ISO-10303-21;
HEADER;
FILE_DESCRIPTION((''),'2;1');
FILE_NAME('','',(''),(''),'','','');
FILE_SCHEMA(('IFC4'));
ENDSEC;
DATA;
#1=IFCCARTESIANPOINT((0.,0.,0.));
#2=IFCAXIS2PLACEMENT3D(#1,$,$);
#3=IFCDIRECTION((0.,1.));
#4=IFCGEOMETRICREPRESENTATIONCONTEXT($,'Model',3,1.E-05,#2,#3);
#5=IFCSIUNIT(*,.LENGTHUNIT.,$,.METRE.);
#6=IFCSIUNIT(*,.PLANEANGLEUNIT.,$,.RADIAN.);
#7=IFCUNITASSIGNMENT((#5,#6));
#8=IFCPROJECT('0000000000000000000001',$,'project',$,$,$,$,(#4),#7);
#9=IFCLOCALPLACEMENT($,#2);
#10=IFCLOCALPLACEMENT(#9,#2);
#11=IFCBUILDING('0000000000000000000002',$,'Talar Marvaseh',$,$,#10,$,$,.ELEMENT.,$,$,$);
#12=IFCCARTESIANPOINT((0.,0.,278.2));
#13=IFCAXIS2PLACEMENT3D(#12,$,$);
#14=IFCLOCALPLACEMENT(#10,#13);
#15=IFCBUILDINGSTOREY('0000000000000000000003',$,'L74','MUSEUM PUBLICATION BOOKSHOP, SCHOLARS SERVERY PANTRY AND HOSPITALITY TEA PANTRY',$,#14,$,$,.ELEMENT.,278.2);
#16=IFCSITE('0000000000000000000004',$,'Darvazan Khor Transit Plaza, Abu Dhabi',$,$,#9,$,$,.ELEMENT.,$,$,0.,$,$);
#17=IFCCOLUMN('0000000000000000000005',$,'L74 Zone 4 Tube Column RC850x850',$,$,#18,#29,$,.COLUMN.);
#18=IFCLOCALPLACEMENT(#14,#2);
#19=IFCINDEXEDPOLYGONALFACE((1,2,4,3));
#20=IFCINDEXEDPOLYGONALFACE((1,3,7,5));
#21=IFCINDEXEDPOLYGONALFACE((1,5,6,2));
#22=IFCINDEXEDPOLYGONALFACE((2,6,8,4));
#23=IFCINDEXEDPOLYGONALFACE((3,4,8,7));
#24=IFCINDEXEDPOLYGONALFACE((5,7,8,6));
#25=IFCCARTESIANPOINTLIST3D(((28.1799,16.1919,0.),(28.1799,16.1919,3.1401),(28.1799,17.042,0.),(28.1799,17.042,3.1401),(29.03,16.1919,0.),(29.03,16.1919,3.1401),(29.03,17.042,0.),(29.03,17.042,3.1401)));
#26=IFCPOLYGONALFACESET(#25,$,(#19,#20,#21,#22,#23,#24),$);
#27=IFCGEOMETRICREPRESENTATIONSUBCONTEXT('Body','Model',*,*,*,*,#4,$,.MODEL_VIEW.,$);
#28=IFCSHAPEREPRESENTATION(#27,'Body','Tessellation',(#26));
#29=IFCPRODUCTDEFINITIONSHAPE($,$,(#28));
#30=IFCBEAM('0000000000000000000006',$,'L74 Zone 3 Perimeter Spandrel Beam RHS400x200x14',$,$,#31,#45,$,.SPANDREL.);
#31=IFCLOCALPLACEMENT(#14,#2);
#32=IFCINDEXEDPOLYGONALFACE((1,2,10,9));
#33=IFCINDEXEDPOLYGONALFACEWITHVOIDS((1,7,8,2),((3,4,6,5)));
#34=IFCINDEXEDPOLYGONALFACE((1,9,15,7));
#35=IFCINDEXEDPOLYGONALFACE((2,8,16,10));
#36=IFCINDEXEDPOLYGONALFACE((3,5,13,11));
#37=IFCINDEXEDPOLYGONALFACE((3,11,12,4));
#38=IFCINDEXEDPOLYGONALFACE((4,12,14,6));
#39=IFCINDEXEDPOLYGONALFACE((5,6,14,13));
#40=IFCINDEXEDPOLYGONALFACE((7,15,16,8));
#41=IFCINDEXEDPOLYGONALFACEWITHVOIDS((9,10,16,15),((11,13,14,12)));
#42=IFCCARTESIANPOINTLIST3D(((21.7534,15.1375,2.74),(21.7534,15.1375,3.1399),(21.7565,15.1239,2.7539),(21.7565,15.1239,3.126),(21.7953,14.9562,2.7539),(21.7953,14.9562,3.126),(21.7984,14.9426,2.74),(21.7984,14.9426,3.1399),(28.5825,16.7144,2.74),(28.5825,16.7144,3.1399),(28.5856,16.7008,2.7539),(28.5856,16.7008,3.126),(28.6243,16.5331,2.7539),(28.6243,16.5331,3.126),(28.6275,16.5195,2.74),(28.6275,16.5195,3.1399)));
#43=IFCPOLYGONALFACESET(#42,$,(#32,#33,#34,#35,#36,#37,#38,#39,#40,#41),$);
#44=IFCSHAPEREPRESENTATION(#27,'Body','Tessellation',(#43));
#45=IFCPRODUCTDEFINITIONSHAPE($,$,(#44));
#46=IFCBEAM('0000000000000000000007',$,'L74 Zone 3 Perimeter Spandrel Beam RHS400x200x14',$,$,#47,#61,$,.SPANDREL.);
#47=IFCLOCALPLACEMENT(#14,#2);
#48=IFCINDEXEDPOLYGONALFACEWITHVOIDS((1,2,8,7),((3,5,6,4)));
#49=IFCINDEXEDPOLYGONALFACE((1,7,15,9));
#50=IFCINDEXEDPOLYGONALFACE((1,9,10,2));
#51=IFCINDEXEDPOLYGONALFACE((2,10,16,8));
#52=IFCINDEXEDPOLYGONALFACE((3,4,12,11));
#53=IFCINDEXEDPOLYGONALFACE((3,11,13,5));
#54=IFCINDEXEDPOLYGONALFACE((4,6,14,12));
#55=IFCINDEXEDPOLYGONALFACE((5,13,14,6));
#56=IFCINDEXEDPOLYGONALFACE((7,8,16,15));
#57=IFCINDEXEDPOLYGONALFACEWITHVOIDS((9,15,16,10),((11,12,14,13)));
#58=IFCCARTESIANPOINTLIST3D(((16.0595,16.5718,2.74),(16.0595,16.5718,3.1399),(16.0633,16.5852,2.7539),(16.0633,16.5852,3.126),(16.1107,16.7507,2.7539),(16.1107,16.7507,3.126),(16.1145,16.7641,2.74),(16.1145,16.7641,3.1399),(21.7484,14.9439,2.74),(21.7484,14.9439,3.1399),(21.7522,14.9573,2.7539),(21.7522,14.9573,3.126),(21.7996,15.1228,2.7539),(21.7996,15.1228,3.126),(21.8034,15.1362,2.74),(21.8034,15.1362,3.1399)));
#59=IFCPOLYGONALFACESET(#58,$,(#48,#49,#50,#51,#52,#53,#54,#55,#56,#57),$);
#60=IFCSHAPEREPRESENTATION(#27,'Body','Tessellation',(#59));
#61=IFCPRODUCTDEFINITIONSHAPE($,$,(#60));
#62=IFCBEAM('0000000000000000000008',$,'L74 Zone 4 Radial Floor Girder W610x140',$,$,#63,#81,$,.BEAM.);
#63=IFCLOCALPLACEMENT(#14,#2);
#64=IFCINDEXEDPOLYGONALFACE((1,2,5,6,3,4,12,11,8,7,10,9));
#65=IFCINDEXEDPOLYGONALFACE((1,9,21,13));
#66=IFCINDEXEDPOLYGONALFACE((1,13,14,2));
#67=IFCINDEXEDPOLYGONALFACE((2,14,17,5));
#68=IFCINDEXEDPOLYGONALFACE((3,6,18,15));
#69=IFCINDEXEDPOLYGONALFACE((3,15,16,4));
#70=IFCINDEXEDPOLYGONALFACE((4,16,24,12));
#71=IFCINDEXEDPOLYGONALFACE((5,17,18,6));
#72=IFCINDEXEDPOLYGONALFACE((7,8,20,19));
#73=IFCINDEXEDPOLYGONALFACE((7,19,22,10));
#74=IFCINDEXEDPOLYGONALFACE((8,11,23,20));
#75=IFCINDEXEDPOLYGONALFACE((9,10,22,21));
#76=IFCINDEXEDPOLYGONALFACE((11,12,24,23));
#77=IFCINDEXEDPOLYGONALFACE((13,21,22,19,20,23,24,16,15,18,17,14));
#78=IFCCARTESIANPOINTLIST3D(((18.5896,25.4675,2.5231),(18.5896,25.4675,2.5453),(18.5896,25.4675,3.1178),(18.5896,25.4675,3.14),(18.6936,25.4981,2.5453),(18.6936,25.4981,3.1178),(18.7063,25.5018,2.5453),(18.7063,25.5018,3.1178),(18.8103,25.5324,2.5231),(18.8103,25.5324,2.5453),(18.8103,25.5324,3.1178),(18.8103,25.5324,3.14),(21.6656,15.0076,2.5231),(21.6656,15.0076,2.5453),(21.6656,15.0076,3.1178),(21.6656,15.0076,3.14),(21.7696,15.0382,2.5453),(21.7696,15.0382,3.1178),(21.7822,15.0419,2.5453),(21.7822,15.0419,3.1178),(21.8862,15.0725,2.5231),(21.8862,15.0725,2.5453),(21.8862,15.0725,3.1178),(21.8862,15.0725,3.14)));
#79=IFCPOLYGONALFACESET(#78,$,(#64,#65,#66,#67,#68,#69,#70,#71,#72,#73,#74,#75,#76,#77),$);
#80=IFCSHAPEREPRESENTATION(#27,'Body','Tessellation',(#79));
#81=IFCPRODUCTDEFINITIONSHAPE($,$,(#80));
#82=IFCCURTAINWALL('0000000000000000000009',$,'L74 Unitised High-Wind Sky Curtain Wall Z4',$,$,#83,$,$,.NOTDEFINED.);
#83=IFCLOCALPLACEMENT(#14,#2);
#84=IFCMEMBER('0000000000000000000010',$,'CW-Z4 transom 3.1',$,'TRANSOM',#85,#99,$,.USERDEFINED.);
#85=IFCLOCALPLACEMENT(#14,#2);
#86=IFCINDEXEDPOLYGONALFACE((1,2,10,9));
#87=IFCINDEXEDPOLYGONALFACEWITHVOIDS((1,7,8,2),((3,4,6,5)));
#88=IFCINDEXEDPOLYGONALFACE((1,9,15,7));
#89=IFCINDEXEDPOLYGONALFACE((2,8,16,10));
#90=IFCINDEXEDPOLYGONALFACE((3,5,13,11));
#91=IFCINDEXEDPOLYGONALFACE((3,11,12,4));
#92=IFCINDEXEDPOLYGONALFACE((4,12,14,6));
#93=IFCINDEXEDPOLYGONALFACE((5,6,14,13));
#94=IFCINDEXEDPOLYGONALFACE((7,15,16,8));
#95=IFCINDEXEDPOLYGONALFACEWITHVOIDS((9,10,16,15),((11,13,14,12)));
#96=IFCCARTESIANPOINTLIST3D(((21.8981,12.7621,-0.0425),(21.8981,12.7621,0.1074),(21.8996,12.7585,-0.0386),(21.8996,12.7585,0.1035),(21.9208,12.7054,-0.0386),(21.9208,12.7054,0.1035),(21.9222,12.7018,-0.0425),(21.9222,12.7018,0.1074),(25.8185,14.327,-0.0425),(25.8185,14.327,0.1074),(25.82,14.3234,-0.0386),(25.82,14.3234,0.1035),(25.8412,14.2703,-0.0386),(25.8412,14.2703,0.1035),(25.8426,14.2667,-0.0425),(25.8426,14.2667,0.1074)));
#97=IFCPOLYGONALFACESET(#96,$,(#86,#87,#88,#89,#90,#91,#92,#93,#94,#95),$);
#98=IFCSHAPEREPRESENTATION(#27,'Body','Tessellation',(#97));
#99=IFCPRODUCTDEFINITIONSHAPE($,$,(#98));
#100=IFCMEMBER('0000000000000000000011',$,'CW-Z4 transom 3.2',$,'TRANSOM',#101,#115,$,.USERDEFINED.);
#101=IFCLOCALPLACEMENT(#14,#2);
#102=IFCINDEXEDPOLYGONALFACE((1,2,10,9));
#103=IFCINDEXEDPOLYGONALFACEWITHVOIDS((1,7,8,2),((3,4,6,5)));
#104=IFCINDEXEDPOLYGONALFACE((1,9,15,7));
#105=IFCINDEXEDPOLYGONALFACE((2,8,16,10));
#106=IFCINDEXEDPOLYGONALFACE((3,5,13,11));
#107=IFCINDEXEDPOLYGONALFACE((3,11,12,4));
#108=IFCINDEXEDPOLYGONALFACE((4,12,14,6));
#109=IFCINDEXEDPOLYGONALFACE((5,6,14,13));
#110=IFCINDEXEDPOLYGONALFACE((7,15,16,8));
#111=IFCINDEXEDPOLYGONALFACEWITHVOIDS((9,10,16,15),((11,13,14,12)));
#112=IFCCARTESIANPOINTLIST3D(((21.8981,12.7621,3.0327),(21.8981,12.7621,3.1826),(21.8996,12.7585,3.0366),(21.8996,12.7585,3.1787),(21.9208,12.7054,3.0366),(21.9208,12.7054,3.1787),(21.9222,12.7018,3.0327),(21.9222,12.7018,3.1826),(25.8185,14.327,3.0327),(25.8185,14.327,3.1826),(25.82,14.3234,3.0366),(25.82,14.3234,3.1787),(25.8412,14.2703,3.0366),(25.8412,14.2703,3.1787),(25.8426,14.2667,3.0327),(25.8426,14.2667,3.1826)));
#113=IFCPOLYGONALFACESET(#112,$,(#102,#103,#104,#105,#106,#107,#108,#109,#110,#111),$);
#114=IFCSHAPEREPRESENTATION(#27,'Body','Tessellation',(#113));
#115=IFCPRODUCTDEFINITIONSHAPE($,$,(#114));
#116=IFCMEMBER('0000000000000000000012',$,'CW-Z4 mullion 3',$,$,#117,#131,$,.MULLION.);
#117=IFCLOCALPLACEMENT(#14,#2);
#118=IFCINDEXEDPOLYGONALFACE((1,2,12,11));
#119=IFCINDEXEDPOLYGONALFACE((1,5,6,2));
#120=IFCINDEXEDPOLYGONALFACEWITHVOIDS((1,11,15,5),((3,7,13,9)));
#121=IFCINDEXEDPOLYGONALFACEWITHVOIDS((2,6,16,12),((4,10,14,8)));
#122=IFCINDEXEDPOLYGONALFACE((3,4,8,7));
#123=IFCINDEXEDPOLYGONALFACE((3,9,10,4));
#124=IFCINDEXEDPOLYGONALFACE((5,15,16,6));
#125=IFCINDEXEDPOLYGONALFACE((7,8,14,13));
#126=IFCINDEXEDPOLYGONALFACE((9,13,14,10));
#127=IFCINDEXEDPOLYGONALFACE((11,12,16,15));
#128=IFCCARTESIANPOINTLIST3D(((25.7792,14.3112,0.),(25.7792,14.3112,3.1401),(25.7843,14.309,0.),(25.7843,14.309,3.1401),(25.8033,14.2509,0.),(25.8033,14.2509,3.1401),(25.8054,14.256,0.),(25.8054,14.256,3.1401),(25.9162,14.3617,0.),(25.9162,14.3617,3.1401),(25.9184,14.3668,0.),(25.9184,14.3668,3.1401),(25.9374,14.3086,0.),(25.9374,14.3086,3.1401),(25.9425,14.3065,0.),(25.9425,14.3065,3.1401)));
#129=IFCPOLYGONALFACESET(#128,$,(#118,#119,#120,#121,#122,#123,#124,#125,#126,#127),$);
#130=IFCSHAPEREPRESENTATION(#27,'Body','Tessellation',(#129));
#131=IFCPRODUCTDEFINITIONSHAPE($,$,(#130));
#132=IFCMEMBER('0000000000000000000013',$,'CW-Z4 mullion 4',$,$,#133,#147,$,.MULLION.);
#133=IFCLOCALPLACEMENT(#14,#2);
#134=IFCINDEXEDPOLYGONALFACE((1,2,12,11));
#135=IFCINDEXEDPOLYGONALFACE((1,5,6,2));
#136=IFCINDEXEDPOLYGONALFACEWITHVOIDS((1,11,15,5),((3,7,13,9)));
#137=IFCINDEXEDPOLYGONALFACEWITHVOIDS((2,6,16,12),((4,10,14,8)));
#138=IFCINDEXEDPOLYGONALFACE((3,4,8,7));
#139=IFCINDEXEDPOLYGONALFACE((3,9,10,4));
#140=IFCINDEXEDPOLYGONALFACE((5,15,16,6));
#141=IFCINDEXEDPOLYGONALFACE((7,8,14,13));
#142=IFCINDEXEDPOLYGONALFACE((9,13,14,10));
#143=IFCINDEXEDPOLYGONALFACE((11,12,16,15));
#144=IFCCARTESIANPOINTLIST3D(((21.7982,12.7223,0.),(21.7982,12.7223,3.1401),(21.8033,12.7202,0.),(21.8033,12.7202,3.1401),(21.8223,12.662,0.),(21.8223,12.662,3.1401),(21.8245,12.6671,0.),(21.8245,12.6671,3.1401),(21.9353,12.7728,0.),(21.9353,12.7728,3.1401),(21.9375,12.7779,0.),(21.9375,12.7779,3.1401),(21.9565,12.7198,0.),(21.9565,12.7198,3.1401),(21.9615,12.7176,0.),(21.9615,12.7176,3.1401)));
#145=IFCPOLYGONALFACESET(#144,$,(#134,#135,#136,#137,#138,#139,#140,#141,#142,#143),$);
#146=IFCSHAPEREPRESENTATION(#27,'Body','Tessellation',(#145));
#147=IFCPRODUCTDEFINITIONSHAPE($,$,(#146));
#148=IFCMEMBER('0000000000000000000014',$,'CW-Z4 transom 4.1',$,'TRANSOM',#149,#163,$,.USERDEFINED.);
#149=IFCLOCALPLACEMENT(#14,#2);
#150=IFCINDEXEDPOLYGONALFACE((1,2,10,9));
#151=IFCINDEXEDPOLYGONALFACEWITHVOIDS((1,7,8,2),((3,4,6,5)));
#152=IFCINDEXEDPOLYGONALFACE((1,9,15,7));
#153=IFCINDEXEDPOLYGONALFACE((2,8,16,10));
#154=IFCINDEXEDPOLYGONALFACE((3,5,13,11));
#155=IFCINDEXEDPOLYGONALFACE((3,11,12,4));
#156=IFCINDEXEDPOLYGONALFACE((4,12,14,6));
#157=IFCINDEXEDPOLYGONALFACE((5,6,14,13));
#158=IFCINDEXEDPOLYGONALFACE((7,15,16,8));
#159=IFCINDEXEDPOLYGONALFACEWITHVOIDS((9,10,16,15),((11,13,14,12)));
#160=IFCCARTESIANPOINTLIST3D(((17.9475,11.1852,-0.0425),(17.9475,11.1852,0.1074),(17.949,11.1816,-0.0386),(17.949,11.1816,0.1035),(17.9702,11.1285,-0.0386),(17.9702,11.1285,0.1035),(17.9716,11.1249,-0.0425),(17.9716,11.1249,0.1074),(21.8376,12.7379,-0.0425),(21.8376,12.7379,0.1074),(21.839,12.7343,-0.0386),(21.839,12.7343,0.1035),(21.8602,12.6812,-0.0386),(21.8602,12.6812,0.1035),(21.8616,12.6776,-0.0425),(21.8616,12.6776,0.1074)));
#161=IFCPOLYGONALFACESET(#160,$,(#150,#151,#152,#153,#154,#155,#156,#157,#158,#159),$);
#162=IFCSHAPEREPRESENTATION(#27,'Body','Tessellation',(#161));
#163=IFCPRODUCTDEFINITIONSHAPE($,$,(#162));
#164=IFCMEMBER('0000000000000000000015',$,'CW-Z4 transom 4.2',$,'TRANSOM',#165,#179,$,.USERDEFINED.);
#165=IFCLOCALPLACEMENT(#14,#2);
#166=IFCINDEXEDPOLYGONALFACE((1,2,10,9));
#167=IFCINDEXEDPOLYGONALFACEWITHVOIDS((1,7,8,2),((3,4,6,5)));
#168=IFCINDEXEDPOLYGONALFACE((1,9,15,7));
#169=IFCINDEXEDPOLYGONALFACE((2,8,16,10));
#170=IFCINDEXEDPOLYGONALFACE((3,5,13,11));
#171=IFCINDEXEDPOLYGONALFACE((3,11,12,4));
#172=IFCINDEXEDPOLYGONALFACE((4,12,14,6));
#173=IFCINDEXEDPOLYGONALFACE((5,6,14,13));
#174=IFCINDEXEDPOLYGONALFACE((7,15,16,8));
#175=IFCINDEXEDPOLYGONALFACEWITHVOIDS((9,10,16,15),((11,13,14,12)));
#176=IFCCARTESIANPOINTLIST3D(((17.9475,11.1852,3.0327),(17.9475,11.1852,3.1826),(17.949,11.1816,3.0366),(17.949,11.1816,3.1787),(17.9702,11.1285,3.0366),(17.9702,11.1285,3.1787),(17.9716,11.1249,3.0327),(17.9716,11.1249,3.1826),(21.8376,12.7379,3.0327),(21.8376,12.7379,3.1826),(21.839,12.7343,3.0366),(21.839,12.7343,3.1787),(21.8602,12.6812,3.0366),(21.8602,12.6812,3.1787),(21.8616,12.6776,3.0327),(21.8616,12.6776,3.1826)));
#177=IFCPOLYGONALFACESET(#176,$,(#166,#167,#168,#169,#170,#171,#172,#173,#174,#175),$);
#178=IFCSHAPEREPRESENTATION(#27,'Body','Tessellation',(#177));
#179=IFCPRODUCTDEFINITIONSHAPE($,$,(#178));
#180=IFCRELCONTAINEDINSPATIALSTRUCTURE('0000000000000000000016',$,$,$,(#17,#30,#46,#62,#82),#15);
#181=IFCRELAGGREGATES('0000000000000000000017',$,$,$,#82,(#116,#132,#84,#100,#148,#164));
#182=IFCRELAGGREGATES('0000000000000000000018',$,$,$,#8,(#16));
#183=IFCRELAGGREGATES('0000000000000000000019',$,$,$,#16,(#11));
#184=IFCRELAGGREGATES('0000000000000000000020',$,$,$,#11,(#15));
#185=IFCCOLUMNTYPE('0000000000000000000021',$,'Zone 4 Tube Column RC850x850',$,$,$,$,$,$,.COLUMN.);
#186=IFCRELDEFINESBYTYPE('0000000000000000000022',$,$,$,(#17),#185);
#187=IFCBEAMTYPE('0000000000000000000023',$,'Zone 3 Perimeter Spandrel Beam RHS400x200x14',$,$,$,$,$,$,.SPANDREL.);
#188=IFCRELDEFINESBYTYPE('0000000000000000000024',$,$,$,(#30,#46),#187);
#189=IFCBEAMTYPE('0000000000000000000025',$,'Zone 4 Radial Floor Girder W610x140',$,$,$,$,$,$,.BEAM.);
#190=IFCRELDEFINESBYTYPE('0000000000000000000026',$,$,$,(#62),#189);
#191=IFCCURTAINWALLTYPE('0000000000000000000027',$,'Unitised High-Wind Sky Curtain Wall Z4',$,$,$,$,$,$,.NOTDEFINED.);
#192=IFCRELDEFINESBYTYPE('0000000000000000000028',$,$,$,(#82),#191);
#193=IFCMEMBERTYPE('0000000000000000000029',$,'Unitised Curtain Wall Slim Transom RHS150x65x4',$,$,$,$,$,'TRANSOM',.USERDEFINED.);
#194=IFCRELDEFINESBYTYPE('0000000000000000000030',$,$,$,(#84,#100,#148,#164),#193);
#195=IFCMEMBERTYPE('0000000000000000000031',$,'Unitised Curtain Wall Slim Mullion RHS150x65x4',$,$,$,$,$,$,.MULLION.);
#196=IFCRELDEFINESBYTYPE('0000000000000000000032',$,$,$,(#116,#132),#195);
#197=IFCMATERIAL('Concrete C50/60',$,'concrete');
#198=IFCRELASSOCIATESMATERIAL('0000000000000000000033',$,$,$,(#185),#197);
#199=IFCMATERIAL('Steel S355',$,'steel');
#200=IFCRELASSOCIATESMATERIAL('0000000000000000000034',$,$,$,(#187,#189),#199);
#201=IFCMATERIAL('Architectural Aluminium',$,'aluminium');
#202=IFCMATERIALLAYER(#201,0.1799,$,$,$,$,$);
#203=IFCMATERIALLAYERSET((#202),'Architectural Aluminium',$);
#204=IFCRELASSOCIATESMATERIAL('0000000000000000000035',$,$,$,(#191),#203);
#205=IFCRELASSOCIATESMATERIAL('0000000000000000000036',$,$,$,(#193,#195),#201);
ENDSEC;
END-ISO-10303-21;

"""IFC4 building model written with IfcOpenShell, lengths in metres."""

from ifc_helpers import new_model, si_unit, direction, frame, origin, origin_2d, place, context, subcontext, project, spatial, rectangle, hollow_rectangle, i_section, extrude, source, transform, mapped, material, layer, layer_set, material_profile, profile_set, type_object, type_shapes, element, aggregate, save


model = new_model("IFC4")

# Units and contexts
model_context = context("Model", 3, precision=1e-05, world=origin(), true_north=direction((0.0, 1.0)))
body_context = subcontext(model_context, "Body", "Model", "MODEL_VIEW")
ifc_project = project(units=[si_unit("LENGTHUNIT", "METRE"), si_unit("PLANEANGLEUNIT", "RADIAN")], contexts=[model_context])

# Site, building, storey
site_placement = place(None, origin())
site = spatial("IfcSite", under=ifc_project, at=site_placement, Name="Darvazan Khor Transit Plaza, Abu Dhabi", CompositionType="ELEMENT", RefElevation=0.0)
building_placement = place(site_placement, origin())
building = spatial("IfcBuilding", under=site, at=building_placement, Name="Talar Marvaseh", CompositionType="ELEMENT")
storey_placement = place(building_placement, frame((0.0, 0.0, 278.2)))
storey = spatial("IfcBuildingStorey", under=building, at=storey_placement, Name="L74", Description="MUSEUM PUBLICATION BOOKSHOP, SCHOLARS SERVERY PANTRY AND HOSPITALITY TEA PANTRY", CompositionType="ELEMENT", Elevation=278.2)

# Column
ifc_material_1 = material(Name="Concrete C50/60", Category="concrete")
ifc_material_profile_1 = material_profile(ifc_material_1, rectangle(XDim=0.8501, YDim=0.8501, at=origin_2d()), Name="RC850x850")
ifc_profile_set_1 = profile_set([ifc_material_profile_1], Name="Concrete C50/60")
column_type = type_object("IfcColumnType", Name="Zone 4 Tube Column RC850x850", PredefinedType="COLUMN", material=ifc_profile_set_1)
column_placement = place(storey_placement, frame((28.605, 16.6169, 0.0), z_axis=(0.0, 0.0, 1.0), x_axis=(1.0, 0.0, 0.0)))
element("IfcColumn", 1, at=column_placement, inside=storey, type_object=column_type, Name="L74 Zone 4 Tube Column RC850x850", PredefinedType="COLUMN", context=body_context, shape_type="SweptSolid", body=[
    extrude(rectangle(XDim=0.8501, YDim=0.8501, at=origin_2d()), origin(), (0.0, 0.0, 1.0), 3.1401),
])

# Beams
ifc_material_2 = material(Name="Steel S355", Category="steel")
ifc_material_profile_2 = material_profile(ifc_material_2, hollow_rectangle(XDim=0.2, YDim=0.3999, WallThickness=0.0139, at=origin_2d()), Name="RHS400x200x14")
ifc_profile_set_2 = profile_set([ifc_material_profile_2], Name="Steel S355")
beam_type_1 = type_object("IfcBeamType", Name="Zone 3 Perimeter Spandrel Beam RHS400x200x14", PredefinedType="SPANDREL", material=ifc_profile_set_2)
beam_1_placement = place(storey_placement, frame((28.605, 16.6169, 2.9399), z_axis=(-0.974361, -0.224989, 0.0), x_axis=(0.224989, -0.974361, 0.0)))
element("IfcBeam", 2, at=beam_1_placement, inside=storey, type_object=beam_type_1, Name="L74 Zone 3 Perimeter Spandrel Beam RHS400x200x14", PredefinedType="SPANDREL", context=body_context, shape_type="SweptSolid", body=[
    extrude(hollow_rectangle(XDim=0.2, YDim=0.3999, WallThickness=0.0139, at=origin_2d()), origin(), (0.0, 0.0, 1.0), 7.0088),
])
beam_2_placement = place(storey_placement, frame((21.7759, 15.04, 2.9399), z_axis=(-0.961412, 0.275113, 0.0), x_axis=(-0.275113, -0.961412, 0.0)))
element("IfcBeam", 3, at=beam_2_placement, inside=storey, type_object=beam_type_1, Name="L74 Zone 3 Perimeter Spandrel Beam RHS400x200x14", PredefinedType="SPANDREL", context=body_context, shape_type="SweptSolid", body=[
    extrude(hollow_rectangle(XDim=0.2, YDim=0.3999, WallThickness=0.0139, at=origin_2d()), origin(), (0.0, 0.0, 1.0), 5.9172),
])
ifc_material_profile_3 = material_profile(ifc_material_2, i_section(OverallWidth=0.23, OverallDepth=0.6169, WebThickness=0.0132, FlangeThickness=0.0222, at=origin_2d()), Name="W610x140")
ifc_profile_set_3 = profile_set([ifc_material_profile_3], Name="Steel S355")
beam_type_2 = type_object("IfcBeamType", Name="Zone 4 Radial Floor Girder W610x140", PredefinedType="BEAM", material=ifc_profile_set_3)
beam_3_placement = place(storey_placement, frame((21.7759, 15.04, 2.8315), z_axis=(-0.282121, 0.959379, 0.0), x_axis=(-0.959379, -0.282121, 0.0)))
element("IfcBeam", 4, at=beam_3_placement, inside=storey, type_object=beam_type_2, Name="L74 Zone 4 Radial Floor Girder W610x140", PredefinedType="BEAM", context=body_context, shape_type="SweptSolid", body=[
    extrude(i_section(OverallWidth=0.23, OverallDepth=0.6169, WebThickness=0.0132, FlangeThickness=0.0222, at=origin_2d()), origin(), (0.0, 0.0, 1.0), 10.9028),
])

# Curtain wall, members
ifc_material_3 = material(Name="Architectural Aluminium", Category="aluminium")
ifc_layer_1 = layer(ifc_material_3, 0.1799)
ifc_layer_set_1 = layer_set([ifc_layer_1], Name="Architectural Aluminium")
curtain_wall_type = type_object("IfcCurtainWallType", Name="Unitised High-Wind Sky Curtain Wall Z4", PredefinedType="NOTDEFINED", material=ifc_layer_set_1)
curtain_wall_placement = place(storey_placement, origin())
curtain_wall = element("IfcCurtainWall", 5, at=curtain_wall_placement, inside=storey, type_object=curtain_wall_type, Name="L74 Unitised High-Wind Sky Curtain Wall Z4", PredefinedType="NOTDEFINED")
ifc_material_profile_4 = material_profile(ifc_material_3, hollow_rectangle(XDim=0.0649, YDim=0.1499, WallThickness=0.0039, at=origin_2d()), Name="RHS150x65x4")
ifc_profile_set_4 = profile_set([ifc_material_profile_4], Name="Architectural Aluminium")
member_type_1 = type_object("IfcMemberType", Name="Unitised Curtain Wall Slim Transom RHS150x65x4", ElementType="TRANSOM", PredefinedType="USERDEFINED", material=ifc_profile_set_4)
shared_shape_1 = source(origin(), body_context, "Body", "SweptSolid", [
    extrude(hollow_rectangle(XDim=0.0649, YDim=0.1499, WallThickness=0.0039, at=origin_2d()), origin(), (0.0, 0.0, 1.0), 4.2212),
])
member_1_placement = place(storey_placement, frame((25.8306, 14.2969, 0.0325), z_axis=(-0.92874, -0.370732, 0.0), x_axis=(0.370732, -0.92874, 0.0)))
member_1 = element("IfcMember", 6, at=member_1_placement, type_object=member_type_1, Name="CW-Z4 transom 3.1", ObjectType="TRANSOM", PredefinedType="USERDEFINED", context=body_context, shape_type="MappedRepresentation", body=[
    mapped(shared_shape_1, transform((0.0, 0.0, 0.0), x_axis=(1.0, 0.0, 0.0), y_axis=(0.0, 1.0, 0.0), z_axis=(0.0, 0.0, 1.0), scale=1.0)),
])
member_2_placement = place(storey_placement, frame((25.8306, 14.2969, 3.1077), z_axis=(-0.92874, -0.370732, 0.0), x_axis=(0.370732, -0.92874, 0.0)))
member_2 = element("IfcMember", 7, at=member_2_placement, type_object=member_type_1, Name="CW-Z4 transom 3.2", ObjectType="TRANSOM", PredefinedType="USERDEFINED", context=body_context, shape_type="MappedRepresentation", body=[
    mapped(shared_shape_1, transform((0.0, 0.0, 0.0), x_axis=(1.0, 0.0, 0.0), y_axis=(0.0, 1.0, 0.0), z_axis=(0.0, 0.0, 1.0), scale=1.0)),
])
ifc_material_profile_5 = material_profile(ifc_material_3, hollow_rectangle(XDim=0.0649, YDim=0.1499, WallThickness=0.0039, at=origin_2d()), Name="RHS150x65x4")
ifc_profile_set_5 = profile_set([ifc_material_profile_5], Name="Architectural Aluminium")
member_type_2 = type_object("IfcMemberType", Name="Unitised Curtain Wall Slim Mullion RHS150x65x4", PredefinedType="MULLION", material=ifc_profile_set_5)
shared_shape_2 = source(origin(), body_context, "Body", "SweptSolid", [
    extrude(hollow_rectangle(XDim=0.0649, YDim=0.1499, WallThickness=0.0039, at=origin_2d()), origin(), (0.0, 0.0, 1.0), 3.1401),
])
type_shapes(member_type_2, [shared_shape_2])
member_3_placement = place(storey_placement, frame((25.8608, 14.3088, 0.0), z_axis=(0.0, 0.0, 1.0), x_axis=(0.370702, -0.928752, 0.0)))
member_3 = element("IfcMember", 8, at=member_3_placement, type_object=member_type_2, Name="CW-Z4 mullion 3", PredefinedType="MULLION", context=body_context, shape_type="MappedRepresentation", body=[
    mapped(shared_shape_2, transform((0.0, 0.0, 0.0), x_axis=(1.0, 0.0, 0.0), y_axis=(0.0, 1.0, 0.0), z_axis=(0.0, 0.0, 1.0), scale=1.0)),
])
member_4_placement = place(storey_placement, frame((21.8799, 12.72, 0.0), z_axis=(0.0, 0.0, 1.0), x_axis=(0.370702, -0.928752, 0.0)))
member_4 = element("IfcMember", 9, at=member_4_placement, type_object=member_type_2, Name="CW-Z4 mullion 4", PredefinedType="MULLION", context=body_context, shape_type="MappedRepresentation", body=[
    mapped(shared_shape_2, transform((0.0, 0.0, 0.0), x_axis=(1.0, 0.0, 0.0), y_axis=(0.0, 1.0, 0.0), z_axis=(0.0, 0.0, 1.0), scale=1.0)),
])
shared_shape_3 = source(origin(), body_context, "Body", "SweptSolid", [
    extrude(hollow_rectangle(XDim=0.0649, YDim=0.1499, WallThickness=0.0039, at=origin_2d()), origin(), (0.0, 0.0, 1.0), 4.1885),
])
type_shapes(member_type_1, [shared_shape_1, shared_shape_3])
member_5_placement = place(storey_placement, frame((21.8496, 12.7078, 0.0325), z_axis=(-0.92875, -0.370707, 0.0), x_axis=(0.370707, -0.92875, 0.0)))
member_5 = element("IfcMember", 10, at=member_5_placement, type_object=member_type_1, Name="CW-Z4 transom 4.1", ObjectType="TRANSOM", PredefinedType="USERDEFINED", context=body_context, shape_type="MappedRepresentation", body=[
    mapped(shared_shape_3, transform((0.0, 0.0, 0.0), x_axis=(1.0, 0.0, 0.0), y_axis=(0.0, 1.0, 0.0), z_axis=(0.0, 0.0, 1.0), scale=1.0)),
])
member_6_placement = place(storey_placement, frame((21.8496, 12.7078, 3.1077), z_axis=(-0.92875, -0.370707, 0.0), x_axis=(0.370707, -0.92875, 0.0)))
member_6 = element("IfcMember", 11, at=member_6_placement, type_object=member_type_1, Name="CW-Z4 transom 4.2", ObjectType="TRANSOM", PredefinedType="USERDEFINED", context=body_context, shape_type="MappedRepresentation", body=[
    mapped(shared_shape_3, transform((0.0, 0.0, 0.0), x_axis=(1.0, 0.0, 0.0), y_axis=(0.0, 1.0, 0.0), z_axis=(0.0, 0.0, 1.0), scale=1.0)),
])
aggregate(curtain_wall, [member_3, member_4, member_1, member_2, member_5, member_6])

save(model, "model.ifc")
